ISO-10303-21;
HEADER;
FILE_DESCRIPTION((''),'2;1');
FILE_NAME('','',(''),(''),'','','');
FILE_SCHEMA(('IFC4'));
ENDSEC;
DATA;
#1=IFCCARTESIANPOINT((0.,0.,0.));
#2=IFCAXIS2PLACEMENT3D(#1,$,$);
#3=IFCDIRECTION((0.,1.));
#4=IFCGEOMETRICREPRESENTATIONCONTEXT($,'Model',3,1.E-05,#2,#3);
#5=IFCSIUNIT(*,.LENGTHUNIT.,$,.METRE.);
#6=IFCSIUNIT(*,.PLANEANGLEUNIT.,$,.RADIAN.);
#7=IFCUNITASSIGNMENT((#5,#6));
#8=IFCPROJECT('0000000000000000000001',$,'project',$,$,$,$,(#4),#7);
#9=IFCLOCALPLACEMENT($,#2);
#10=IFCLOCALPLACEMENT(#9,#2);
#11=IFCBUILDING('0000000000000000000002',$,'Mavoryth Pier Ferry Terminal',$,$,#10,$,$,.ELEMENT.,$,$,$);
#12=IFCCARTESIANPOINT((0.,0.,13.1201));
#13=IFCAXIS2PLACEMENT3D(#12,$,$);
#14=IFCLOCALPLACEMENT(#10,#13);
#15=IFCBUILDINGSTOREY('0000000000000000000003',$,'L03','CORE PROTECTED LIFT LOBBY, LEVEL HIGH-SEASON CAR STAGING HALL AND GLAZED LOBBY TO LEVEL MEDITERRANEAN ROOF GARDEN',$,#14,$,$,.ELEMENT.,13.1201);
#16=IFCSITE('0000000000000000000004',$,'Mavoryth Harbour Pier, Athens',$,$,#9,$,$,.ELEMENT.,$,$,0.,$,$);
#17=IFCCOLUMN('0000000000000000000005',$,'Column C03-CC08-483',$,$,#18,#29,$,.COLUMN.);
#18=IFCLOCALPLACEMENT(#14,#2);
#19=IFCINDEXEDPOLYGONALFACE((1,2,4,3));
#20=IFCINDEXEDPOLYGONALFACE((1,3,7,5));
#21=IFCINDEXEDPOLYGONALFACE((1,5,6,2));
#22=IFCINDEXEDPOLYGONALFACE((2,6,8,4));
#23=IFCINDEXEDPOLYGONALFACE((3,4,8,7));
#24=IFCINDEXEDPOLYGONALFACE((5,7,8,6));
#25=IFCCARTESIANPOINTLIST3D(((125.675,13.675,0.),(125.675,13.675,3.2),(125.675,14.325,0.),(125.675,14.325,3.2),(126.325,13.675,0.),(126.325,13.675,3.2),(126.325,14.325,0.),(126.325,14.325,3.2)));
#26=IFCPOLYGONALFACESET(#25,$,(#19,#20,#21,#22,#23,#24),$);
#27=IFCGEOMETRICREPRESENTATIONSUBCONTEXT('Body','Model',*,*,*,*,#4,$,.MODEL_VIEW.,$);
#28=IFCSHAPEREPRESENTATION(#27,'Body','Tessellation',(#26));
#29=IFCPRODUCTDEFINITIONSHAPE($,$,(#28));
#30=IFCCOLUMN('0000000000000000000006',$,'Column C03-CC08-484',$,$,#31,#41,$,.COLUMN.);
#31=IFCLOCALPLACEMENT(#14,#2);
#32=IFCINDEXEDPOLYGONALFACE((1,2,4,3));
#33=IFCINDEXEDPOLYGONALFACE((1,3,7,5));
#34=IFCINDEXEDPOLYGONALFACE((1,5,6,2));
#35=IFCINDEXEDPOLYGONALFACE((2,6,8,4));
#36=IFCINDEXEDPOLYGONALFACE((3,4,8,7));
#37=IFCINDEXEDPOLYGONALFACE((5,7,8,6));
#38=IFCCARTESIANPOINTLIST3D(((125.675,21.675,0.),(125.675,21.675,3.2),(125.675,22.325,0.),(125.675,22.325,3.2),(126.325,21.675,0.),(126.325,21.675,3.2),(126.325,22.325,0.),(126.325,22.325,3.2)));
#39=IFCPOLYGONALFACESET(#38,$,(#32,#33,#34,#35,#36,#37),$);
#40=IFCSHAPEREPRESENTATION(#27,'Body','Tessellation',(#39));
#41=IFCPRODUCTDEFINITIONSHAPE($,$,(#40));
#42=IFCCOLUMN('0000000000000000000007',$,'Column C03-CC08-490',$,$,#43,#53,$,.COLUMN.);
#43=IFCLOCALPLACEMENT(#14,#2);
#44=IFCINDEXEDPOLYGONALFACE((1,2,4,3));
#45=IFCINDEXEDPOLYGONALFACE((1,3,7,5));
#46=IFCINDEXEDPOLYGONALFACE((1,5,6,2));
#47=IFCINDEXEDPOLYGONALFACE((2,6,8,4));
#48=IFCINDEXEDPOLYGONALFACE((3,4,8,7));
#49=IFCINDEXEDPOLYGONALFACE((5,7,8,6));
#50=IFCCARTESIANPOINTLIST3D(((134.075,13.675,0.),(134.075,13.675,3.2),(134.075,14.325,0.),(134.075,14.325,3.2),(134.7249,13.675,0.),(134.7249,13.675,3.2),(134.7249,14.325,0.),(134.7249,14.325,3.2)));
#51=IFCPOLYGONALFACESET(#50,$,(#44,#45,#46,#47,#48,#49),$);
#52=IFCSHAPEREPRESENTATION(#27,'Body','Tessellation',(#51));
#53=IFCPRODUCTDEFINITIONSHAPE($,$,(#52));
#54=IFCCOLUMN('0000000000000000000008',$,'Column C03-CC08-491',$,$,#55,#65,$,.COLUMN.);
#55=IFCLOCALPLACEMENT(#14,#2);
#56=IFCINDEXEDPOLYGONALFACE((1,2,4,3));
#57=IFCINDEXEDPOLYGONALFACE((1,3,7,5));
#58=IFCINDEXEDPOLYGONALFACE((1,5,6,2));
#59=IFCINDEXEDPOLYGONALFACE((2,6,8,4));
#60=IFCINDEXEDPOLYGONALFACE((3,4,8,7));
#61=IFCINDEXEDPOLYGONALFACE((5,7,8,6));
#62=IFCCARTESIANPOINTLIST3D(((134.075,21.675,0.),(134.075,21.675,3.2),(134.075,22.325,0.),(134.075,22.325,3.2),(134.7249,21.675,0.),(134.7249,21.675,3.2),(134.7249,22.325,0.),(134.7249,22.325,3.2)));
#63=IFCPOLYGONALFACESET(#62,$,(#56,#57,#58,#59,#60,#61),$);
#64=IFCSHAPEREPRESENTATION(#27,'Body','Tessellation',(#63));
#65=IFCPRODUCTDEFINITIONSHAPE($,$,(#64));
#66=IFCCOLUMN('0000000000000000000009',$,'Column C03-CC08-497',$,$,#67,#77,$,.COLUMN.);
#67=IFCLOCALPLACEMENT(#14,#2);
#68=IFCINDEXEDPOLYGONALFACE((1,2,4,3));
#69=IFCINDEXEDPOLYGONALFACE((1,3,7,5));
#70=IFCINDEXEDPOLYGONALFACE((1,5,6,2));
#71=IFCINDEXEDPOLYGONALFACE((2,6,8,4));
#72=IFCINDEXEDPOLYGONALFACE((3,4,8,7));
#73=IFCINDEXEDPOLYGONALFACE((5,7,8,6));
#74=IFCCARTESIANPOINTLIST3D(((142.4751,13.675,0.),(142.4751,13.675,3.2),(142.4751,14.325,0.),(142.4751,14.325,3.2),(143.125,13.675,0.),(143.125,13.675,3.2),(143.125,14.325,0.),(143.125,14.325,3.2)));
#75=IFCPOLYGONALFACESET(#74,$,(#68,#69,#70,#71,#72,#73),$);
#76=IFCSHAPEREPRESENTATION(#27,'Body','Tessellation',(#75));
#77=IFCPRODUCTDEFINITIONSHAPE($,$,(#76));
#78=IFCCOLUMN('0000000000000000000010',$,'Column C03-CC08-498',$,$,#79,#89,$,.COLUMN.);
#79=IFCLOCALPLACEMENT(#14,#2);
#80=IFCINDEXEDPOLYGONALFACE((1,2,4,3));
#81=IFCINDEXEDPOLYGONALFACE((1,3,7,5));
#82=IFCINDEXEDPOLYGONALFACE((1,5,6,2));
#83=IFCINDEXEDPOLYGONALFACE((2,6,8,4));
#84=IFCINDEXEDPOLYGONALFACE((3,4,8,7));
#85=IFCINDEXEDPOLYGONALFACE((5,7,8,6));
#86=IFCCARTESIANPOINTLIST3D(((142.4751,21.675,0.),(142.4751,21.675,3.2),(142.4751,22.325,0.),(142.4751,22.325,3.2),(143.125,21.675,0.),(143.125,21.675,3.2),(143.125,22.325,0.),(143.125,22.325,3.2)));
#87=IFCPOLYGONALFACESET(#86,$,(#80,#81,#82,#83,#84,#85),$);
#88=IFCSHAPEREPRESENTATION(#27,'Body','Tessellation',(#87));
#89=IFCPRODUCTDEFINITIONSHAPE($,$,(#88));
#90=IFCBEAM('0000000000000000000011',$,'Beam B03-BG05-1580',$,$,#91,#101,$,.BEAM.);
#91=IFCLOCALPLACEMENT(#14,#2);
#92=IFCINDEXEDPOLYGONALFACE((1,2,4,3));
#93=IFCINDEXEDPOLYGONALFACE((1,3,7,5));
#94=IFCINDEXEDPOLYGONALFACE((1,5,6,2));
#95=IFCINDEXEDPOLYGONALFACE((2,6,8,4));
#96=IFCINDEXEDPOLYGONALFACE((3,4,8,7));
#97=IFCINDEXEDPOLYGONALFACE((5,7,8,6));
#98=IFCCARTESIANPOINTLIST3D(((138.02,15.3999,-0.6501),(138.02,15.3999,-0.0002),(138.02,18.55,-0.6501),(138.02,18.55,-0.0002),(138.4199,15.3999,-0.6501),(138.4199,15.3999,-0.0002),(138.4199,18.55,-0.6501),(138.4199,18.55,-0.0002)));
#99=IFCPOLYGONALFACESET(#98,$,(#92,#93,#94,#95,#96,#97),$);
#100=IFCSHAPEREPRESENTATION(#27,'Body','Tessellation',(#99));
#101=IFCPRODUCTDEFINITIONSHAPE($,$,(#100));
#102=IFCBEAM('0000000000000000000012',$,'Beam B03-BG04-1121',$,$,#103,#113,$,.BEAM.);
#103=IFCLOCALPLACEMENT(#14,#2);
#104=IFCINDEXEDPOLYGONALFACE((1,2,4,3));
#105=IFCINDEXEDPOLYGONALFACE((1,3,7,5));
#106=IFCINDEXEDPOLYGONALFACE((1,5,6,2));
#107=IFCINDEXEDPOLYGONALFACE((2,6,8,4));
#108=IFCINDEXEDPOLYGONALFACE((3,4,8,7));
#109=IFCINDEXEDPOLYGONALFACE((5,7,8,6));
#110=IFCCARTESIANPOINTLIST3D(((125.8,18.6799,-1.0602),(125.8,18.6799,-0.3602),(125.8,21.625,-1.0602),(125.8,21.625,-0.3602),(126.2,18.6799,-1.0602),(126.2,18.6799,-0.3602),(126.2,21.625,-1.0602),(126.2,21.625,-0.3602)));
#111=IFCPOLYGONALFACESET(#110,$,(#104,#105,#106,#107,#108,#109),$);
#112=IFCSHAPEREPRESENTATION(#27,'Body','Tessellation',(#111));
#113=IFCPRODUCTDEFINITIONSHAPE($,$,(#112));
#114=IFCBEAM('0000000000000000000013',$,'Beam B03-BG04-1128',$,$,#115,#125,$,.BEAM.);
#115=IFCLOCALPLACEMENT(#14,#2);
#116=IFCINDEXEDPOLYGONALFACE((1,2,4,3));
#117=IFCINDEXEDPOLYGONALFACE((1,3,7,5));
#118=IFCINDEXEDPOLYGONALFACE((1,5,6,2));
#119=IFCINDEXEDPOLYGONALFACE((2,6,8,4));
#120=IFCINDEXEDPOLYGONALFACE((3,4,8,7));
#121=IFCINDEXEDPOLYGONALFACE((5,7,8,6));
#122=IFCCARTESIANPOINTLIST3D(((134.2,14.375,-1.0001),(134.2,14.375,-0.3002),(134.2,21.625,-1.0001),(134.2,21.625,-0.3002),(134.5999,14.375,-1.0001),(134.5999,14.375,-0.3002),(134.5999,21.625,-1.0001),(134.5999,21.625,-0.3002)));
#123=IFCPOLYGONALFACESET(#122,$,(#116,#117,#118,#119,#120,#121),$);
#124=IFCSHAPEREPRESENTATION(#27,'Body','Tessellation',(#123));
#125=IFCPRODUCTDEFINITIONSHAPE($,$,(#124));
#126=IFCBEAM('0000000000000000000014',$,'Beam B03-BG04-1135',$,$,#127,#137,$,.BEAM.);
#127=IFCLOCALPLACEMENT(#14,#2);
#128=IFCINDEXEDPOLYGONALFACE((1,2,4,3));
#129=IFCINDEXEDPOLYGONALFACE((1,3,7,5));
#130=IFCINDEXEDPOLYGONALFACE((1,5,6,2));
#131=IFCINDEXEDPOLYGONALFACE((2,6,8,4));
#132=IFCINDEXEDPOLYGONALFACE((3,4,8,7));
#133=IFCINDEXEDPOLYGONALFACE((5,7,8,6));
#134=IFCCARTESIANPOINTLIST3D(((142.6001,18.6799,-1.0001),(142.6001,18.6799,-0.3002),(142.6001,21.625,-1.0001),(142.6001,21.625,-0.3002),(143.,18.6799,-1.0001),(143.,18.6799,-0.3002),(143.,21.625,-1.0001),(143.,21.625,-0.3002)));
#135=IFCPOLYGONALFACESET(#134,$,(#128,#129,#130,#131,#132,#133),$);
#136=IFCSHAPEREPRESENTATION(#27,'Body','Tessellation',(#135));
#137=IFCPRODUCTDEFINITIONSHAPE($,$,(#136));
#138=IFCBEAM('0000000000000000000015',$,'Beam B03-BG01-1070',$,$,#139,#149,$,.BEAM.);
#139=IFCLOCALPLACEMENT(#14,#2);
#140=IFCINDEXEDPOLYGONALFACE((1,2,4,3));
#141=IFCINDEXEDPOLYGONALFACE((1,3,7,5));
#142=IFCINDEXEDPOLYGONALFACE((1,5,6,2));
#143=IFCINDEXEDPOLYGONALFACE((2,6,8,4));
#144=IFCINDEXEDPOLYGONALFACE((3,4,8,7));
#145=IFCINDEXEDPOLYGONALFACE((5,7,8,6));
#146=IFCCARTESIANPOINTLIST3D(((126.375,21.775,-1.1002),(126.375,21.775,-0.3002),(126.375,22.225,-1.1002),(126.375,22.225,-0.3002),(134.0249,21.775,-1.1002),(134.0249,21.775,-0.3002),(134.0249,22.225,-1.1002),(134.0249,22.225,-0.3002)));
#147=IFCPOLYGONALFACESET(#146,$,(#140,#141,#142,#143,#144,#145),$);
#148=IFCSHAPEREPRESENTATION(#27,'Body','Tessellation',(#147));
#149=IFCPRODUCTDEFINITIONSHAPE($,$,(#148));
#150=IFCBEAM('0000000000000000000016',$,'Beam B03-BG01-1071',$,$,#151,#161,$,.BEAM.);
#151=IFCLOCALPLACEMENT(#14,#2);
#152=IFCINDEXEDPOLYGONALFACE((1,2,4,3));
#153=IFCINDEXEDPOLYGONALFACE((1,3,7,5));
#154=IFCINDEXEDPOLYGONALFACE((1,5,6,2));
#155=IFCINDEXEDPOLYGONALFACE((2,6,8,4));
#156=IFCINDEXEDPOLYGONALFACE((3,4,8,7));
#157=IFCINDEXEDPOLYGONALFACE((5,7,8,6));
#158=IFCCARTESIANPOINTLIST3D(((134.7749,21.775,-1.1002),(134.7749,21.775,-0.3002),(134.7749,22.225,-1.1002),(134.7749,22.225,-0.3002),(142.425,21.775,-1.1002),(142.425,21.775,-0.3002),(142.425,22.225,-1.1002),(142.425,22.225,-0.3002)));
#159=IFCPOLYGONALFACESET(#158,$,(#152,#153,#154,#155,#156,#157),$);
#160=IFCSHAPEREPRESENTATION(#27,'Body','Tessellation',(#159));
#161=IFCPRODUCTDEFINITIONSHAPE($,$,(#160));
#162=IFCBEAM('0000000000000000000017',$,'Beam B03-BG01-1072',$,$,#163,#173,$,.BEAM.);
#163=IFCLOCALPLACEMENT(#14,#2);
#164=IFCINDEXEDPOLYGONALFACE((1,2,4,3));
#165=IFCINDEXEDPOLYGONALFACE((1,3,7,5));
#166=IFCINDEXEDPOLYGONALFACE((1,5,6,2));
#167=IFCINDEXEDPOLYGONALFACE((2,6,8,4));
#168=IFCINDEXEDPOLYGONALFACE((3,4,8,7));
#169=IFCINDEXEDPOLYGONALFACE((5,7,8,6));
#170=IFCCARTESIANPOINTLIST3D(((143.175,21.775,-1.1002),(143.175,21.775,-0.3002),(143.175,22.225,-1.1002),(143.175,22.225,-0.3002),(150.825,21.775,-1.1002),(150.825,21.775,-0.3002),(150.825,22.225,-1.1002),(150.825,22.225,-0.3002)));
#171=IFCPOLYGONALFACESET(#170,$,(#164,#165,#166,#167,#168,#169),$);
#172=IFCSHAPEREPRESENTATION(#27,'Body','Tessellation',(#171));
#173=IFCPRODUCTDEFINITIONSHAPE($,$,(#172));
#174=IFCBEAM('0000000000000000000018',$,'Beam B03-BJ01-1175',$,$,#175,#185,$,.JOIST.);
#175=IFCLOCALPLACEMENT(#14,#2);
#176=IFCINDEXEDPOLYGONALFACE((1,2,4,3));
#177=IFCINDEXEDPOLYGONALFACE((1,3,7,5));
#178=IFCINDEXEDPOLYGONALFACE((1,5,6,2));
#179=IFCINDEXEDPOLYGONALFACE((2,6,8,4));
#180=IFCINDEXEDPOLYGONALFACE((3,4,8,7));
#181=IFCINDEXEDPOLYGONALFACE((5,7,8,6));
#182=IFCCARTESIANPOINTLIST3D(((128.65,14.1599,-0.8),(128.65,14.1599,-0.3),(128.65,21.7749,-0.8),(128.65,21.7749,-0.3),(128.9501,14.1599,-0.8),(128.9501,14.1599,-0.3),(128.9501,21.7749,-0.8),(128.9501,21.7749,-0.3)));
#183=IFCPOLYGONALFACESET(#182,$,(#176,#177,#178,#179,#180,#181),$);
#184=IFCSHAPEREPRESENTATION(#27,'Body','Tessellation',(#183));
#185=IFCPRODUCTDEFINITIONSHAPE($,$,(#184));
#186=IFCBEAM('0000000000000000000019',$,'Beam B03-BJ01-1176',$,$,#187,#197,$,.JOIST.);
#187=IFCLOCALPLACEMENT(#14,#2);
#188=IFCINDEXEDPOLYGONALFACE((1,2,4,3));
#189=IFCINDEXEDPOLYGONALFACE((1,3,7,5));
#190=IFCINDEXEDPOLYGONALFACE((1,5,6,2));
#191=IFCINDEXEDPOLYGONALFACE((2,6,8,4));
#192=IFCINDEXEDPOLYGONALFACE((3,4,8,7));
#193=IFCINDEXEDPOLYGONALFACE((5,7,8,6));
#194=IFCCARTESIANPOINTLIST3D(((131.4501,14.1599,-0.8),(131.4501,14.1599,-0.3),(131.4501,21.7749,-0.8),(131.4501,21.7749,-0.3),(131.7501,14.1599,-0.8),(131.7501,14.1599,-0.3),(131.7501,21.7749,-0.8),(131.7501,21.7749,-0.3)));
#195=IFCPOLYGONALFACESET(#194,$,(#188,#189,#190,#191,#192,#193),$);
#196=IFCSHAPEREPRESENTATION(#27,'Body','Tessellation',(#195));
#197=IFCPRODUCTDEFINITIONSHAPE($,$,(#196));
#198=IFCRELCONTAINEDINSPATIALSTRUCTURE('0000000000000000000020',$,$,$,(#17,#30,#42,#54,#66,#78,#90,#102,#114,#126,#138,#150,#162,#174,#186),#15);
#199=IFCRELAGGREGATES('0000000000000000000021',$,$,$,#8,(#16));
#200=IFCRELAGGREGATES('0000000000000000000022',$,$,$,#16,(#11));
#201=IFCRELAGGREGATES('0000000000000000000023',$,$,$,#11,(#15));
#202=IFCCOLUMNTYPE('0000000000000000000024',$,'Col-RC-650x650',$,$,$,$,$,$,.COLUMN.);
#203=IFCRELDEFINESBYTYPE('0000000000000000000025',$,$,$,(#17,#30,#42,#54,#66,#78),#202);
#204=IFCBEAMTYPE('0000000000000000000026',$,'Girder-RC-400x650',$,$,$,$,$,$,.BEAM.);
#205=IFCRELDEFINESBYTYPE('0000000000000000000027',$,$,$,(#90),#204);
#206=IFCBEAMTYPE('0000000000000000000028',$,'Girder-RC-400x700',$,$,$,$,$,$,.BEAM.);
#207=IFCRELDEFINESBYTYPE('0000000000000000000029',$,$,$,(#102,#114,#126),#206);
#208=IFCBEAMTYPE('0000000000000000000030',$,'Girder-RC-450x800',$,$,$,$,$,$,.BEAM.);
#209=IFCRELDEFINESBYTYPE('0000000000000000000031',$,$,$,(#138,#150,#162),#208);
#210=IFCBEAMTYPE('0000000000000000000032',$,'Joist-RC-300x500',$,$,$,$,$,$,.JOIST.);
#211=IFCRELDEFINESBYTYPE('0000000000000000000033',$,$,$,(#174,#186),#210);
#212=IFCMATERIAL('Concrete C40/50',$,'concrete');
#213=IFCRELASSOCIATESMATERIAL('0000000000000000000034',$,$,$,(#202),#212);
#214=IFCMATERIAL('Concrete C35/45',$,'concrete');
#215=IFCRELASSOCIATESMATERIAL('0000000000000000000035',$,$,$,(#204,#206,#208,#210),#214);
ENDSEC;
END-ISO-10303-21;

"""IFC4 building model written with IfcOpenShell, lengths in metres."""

from ifc_helpers import new_model, si_unit, direction, frame, origin, origin_2d, place, context, subcontext, project, spatial, rectangle, extrude, material, material_profile, profile_set, type_object, element, save


model = new_model("IFC4")

# Units and contexts
model_context = context("Model", 3, precision=1e-05, world=origin(), true_north=direction((0.0, 1.0)))
body_context = subcontext(model_context, "Body", "Model", "MODEL_VIEW")
ifc_project = project(units=[si_unit("LENGTHUNIT", "METRE"), si_unit("PLANEANGLEUNIT", "RADIAN")], contexts=[model_context])

# Site, building, storey
site_placement = place(None, origin())
site = spatial("IfcSite", under=ifc_project, at=site_placement, Name="Mavoryth Harbour Pier, Athens", CompositionType="ELEMENT", RefElevation=0.0)
building_placement = place(site_placement, origin())
building = spatial("IfcBuilding", under=site, at=building_placement, Name="Mavoryth Pier Ferry Terminal", CompositionType="ELEMENT")
storey_placement = place(building_placement, frame((0.0, 0.0, 13.1201)))
storey = spatial("IfcBuildingStorey", under=building, at=storey_placement, Name="L03", Description="CORE PROTECTED LIFT LOBBY, LEVEL HIGH-SEASON CAR STAGING HALL AND GLAZED LOBBY TO LEVEL MEDITERRANEAN ROOF GARDEN", CompositionType="ELEMENT", Elevation=13.1201)

# Columns
ifc_material_1 = material(Name="Concrete C40/50", Category="concrete")
ifc_material_profile_1 = material_profile(ifc_material_1, rectangle(XDim=0.6499, YDim=0.6499, at=origin_2d()), Name="RC 650x650", Category="concrete")
ifc_profile_set_1 = profile_set([ifc_material_profile_1], Name="Concrete C40/50 - RC 650x650")
column_type = type_object("IfcColumnType", Name="Col-RC-650x650", PredefinedType="COLUMN", material=ifc_profile_set_1)
for number, where, z_axis, x_axis, name in (
    (1, (126.0, 14.0, 0.0), (0.0, 0.0, 1.0), (1.0, 0.0, 0.0), "Column C03-CC08-483"),
    (2, (126.0, 22.0, 0.0), (0.0, 0.0, 1.0), (1.0, 0.0, 0.0), "Column C03-CC08-484"),
    (3, (134.3999, 14.0, 0.0), (0.0, 0.0, 1.0), (1.0, 0.0, 0.0), "Column C03-CC08-490"),
    (4, (134.3999, 22.0, 0.0), (0.0, 0.0, 1.0), (1.0, 0.0, 0.0), "Column C03-CC08-491"),
    (5, (142.8, 14.0, 0.0), (0.0, 0.0, 1.0), (1.0, 0.0, 0.0), "Column C03-CC08-497"),
    (6, (142.8, 22.0, 0.0), (0.0, 0.0, 1.0), (1.0, 0.0, 0.0), "Column C03-CC08-498"),
):
    element("IfcColumn", number, at=place(storey_placement, frame(where, z_axis=z_axis, x_axis=x_axis)), inside=storey, type_object=column_type, Name=name, PredefinedType="COLUMN", context=body_context, shape_type="SweptSolid", body=[
        extrude(rectangle(XDim=0.6499, YDim=0.6499, at=origin_2d()), origin(), (0.0, 0.0, 1.0), 3.2),
    ])

# Beams
ifc_material_2 = material(Name="Concrete C35/45", Category="concrete")
ifc_material_profile_2 = material_profile(ifc_material_2, rectangle(XDim=0.3999, YDim=0.6499, at=origin_2d()), Name="RC 400x650", Category="concrete")
ifc_profile_set_2 = profile_set([ifc_material_profile_2], Name="Concrete C35/45 - RC 400x650")
beam_type_1 = type_object("IfcBeamType", Name="Girder-RC-400x650", PredefinedType="BEAM", material=ifc_profile_set_2)
beam_1_placement = place(storey_placement, frame((138.22, 15.3999, -0.3252), z_axis=(0.0, 1.0, 0.0), x_axis=(-1.0, 0.0, 0.0)))
element("IfcBeam", 7, at=beam_1_placement, inside=storey, type_object=beam_type_1, Name="Beam B03-BG05-1580", PredefinedType="BEAM", context=body_context, shape_type="SweptSolid", body=[
    extrude(rectangle(XDim=0.3999, YDim=0.6499, at=origin_2d()), origin(), (0.0, 0.0, 1.0), 3.1501),
])
ifc_material_profile_3 = material_profile(ifc_material_2, rectangle(XDim=0.3999, YDim=0.7, at=origin_2d()), Name="RC 400x700", Category="concrete")
ifc_profile_set_3 = profile_set([ifc_material_profile_3], Name="Concrete C35/45 - RC 400x700")
beam_type_2 = type_object("IfcBeamType", Name="Girder-RC-400x700", PredefinedType="BEAM", material=ifc_profile_set_3)
beam_2_placement = place(storey_placement, frame((126.0, 18.6799, -0.7102), z_axis=(0.0, 1.0, 0.0), x_axis=(-1.0, 0.0, 0.0)))
element("IfcBeam", 8, at=beam_2_placement, inside=storey, type_object=beam_type_2, Name="Beam B03-BG04-1121", PredefinedType="BEAM", context=body_context, shape_type="SweptSolid", body=[
    extrude(rectangle(XDim=0.3999, YDim=0.7, at=origin_2d()), origin(), (0.0, 0.0, 1.0), 2.9451),
])
beam_3_placement = place(storey_placement, frame((134.3999, 14.375, -0.6501), z_axis=(0.0, 1.0, 0.0), x_axis=(-1.0, 0.0, 0.0)))
element("IfcBeam", 9, at=beam_3_placement, inside=storey, type_object=beam_type_2, Name="Beam B03-BG04-1128", PredefinedType="BEAM", context=body_context, shape_type="SweptSolid", body=[
    extrude(rectangle(XDim=0.3999, YDim=0.7, at=origin_2d()), origin(), (0.0, 0.0, 1.0), 7.25),
])
beam_4_placement = place(storey_placement, frame((142.8, 18.6799, -0.6501), z_axis=(0.0, 1.0, 0.0), x_axis=(-1.0, 0.0, 0.0)))
element("IfcBeam", 10, at=beam_4_placement, inside=storey, type_object=beam_type_2, Name="Beam B03-BG04-1135", PredefinedType="BEAM", context=body_context, shape_type="SweptSolid", body=[
    extrude(rectangle(XDim=0.3999, YDim=0.7, at=origin_2d()), origin(), (0.0, 0.0, 1.0), 2.9451),
])
ifc_material_profile_4 = material_profile(ifc_material_2, rectangle(XDim=0.45, YDim=0.8, at=origin_2d()), Name="RC 450x800", Category="concrete")
ifc_profile_set_4 = profile_set([ifc_material_profile_4], Name="Concrete C35/45 - RC 450x800")
beam_type_3 = type_object("IfcBeamType", Name="Girder-RC-450x800", PredefinedType="BEAM", material=ifc_profile_set_4)
beam_5_placement = place(storey_placement, frame((126.375, 22.0, -0.7002), z_axis=(1.0, 0.0, 0.0), x_axis=(0.0, 1.0, 0.0)))
element("IfcBeam", 11, at=beam_5_placement, inside=storey, type_object=beam_type_3, Name="Beam B03-BG01-1070", PredefinedType="BEAM", context=body_context, shape_type="SweptSolid", body=[
    extrude(rectangle(XDim=0.45, YDim=0.8, at=origin_2d()), origin(), (0.0, 0.0, 1.0), 7.6499),
])
beam_6_placement = place(storey_placement, frame((134.7749, 22.0, -0.7002), z_axis=(1.0, 0.0, 0.0), x_axis=(0.0, 1.0, 0.0)))
element("IfcBeam", 12, at=beam_6_placement, inside=storey, type_object=beam_type_3, Name="Beam B03-BG01-1071", PredefinedType="BEAM", context=body_context, shape_type="SweptSolid", body=[
    extrude(rectangle(XDim=0.45, YDim=0.8, at=origin_2d()), origin(), (0.0, 0.0, 1.0), 7.6501),
])
beam_7_placement = place(storey_placement, frame((143.175, 22.0, -0.7002), z_axis=(1.0, 0.0, 0.0), x_axis=(0.0, 1.0, 0.0)))
element("IfcBeam", 13, at=beam_7_placement, inside=storey, type_object=beam_type_3, Name="Beam B03-BG01-1072", PredefinedType="BEAM", context=body_context, shape_type="SweptSolid", body=[
    extrude(rectangle(XDim=0.45, YDim=0.8, at=origin_2d()), origin(), (0.0, 0.0, 1.0), 7.6499),
])
ifc_material_profile_5 = material_profile(ifc_material_2, rectangle(XDim=0.3, YDim=0.5, at=origin_2d()), Name="RC 300x500", Category="concrete")
ifc_profile_set_5 = profile_set([ifc_material_profile_5], Name="Concrete C35/45 - RC 300x500")
beam_type_4 = type_object("IfcBeamType", Name="Joist-RC-300x500", PredefinedType="JOIST", material=ifc_profile_set_5)
for number, where, z_axis, x_axis, name in (
    (14, (128.8, 14.1599, -0.55), (0.0, 1.0, 0.0), (-1.0, 0.0, 0.0), "Beam B03-BJ01-1175"),
    (15, (131.6001, 14.1599, -0.55), (0.0, 1.0, 0.0), (-1.0, 0.0, 0.0), "Beam B03-BJ01-1176"),
):
    element("IfcBeam", number, at=place(storey_placement, frame(where, z_axis=z_axis, x_axis=x_axis)), inside=storey, type_object=beam_type_4, Name=name, PredefinedType="JOIST", context=body_context, shape_type="SweptSolid", body=[
        extrude(rectangle(XDim=0.3, YDim=0.5, at=origin_2d()), origin(), (0.0, 0.0, 1.0), 7.615),
    ])

save(model, "model.ifc")
